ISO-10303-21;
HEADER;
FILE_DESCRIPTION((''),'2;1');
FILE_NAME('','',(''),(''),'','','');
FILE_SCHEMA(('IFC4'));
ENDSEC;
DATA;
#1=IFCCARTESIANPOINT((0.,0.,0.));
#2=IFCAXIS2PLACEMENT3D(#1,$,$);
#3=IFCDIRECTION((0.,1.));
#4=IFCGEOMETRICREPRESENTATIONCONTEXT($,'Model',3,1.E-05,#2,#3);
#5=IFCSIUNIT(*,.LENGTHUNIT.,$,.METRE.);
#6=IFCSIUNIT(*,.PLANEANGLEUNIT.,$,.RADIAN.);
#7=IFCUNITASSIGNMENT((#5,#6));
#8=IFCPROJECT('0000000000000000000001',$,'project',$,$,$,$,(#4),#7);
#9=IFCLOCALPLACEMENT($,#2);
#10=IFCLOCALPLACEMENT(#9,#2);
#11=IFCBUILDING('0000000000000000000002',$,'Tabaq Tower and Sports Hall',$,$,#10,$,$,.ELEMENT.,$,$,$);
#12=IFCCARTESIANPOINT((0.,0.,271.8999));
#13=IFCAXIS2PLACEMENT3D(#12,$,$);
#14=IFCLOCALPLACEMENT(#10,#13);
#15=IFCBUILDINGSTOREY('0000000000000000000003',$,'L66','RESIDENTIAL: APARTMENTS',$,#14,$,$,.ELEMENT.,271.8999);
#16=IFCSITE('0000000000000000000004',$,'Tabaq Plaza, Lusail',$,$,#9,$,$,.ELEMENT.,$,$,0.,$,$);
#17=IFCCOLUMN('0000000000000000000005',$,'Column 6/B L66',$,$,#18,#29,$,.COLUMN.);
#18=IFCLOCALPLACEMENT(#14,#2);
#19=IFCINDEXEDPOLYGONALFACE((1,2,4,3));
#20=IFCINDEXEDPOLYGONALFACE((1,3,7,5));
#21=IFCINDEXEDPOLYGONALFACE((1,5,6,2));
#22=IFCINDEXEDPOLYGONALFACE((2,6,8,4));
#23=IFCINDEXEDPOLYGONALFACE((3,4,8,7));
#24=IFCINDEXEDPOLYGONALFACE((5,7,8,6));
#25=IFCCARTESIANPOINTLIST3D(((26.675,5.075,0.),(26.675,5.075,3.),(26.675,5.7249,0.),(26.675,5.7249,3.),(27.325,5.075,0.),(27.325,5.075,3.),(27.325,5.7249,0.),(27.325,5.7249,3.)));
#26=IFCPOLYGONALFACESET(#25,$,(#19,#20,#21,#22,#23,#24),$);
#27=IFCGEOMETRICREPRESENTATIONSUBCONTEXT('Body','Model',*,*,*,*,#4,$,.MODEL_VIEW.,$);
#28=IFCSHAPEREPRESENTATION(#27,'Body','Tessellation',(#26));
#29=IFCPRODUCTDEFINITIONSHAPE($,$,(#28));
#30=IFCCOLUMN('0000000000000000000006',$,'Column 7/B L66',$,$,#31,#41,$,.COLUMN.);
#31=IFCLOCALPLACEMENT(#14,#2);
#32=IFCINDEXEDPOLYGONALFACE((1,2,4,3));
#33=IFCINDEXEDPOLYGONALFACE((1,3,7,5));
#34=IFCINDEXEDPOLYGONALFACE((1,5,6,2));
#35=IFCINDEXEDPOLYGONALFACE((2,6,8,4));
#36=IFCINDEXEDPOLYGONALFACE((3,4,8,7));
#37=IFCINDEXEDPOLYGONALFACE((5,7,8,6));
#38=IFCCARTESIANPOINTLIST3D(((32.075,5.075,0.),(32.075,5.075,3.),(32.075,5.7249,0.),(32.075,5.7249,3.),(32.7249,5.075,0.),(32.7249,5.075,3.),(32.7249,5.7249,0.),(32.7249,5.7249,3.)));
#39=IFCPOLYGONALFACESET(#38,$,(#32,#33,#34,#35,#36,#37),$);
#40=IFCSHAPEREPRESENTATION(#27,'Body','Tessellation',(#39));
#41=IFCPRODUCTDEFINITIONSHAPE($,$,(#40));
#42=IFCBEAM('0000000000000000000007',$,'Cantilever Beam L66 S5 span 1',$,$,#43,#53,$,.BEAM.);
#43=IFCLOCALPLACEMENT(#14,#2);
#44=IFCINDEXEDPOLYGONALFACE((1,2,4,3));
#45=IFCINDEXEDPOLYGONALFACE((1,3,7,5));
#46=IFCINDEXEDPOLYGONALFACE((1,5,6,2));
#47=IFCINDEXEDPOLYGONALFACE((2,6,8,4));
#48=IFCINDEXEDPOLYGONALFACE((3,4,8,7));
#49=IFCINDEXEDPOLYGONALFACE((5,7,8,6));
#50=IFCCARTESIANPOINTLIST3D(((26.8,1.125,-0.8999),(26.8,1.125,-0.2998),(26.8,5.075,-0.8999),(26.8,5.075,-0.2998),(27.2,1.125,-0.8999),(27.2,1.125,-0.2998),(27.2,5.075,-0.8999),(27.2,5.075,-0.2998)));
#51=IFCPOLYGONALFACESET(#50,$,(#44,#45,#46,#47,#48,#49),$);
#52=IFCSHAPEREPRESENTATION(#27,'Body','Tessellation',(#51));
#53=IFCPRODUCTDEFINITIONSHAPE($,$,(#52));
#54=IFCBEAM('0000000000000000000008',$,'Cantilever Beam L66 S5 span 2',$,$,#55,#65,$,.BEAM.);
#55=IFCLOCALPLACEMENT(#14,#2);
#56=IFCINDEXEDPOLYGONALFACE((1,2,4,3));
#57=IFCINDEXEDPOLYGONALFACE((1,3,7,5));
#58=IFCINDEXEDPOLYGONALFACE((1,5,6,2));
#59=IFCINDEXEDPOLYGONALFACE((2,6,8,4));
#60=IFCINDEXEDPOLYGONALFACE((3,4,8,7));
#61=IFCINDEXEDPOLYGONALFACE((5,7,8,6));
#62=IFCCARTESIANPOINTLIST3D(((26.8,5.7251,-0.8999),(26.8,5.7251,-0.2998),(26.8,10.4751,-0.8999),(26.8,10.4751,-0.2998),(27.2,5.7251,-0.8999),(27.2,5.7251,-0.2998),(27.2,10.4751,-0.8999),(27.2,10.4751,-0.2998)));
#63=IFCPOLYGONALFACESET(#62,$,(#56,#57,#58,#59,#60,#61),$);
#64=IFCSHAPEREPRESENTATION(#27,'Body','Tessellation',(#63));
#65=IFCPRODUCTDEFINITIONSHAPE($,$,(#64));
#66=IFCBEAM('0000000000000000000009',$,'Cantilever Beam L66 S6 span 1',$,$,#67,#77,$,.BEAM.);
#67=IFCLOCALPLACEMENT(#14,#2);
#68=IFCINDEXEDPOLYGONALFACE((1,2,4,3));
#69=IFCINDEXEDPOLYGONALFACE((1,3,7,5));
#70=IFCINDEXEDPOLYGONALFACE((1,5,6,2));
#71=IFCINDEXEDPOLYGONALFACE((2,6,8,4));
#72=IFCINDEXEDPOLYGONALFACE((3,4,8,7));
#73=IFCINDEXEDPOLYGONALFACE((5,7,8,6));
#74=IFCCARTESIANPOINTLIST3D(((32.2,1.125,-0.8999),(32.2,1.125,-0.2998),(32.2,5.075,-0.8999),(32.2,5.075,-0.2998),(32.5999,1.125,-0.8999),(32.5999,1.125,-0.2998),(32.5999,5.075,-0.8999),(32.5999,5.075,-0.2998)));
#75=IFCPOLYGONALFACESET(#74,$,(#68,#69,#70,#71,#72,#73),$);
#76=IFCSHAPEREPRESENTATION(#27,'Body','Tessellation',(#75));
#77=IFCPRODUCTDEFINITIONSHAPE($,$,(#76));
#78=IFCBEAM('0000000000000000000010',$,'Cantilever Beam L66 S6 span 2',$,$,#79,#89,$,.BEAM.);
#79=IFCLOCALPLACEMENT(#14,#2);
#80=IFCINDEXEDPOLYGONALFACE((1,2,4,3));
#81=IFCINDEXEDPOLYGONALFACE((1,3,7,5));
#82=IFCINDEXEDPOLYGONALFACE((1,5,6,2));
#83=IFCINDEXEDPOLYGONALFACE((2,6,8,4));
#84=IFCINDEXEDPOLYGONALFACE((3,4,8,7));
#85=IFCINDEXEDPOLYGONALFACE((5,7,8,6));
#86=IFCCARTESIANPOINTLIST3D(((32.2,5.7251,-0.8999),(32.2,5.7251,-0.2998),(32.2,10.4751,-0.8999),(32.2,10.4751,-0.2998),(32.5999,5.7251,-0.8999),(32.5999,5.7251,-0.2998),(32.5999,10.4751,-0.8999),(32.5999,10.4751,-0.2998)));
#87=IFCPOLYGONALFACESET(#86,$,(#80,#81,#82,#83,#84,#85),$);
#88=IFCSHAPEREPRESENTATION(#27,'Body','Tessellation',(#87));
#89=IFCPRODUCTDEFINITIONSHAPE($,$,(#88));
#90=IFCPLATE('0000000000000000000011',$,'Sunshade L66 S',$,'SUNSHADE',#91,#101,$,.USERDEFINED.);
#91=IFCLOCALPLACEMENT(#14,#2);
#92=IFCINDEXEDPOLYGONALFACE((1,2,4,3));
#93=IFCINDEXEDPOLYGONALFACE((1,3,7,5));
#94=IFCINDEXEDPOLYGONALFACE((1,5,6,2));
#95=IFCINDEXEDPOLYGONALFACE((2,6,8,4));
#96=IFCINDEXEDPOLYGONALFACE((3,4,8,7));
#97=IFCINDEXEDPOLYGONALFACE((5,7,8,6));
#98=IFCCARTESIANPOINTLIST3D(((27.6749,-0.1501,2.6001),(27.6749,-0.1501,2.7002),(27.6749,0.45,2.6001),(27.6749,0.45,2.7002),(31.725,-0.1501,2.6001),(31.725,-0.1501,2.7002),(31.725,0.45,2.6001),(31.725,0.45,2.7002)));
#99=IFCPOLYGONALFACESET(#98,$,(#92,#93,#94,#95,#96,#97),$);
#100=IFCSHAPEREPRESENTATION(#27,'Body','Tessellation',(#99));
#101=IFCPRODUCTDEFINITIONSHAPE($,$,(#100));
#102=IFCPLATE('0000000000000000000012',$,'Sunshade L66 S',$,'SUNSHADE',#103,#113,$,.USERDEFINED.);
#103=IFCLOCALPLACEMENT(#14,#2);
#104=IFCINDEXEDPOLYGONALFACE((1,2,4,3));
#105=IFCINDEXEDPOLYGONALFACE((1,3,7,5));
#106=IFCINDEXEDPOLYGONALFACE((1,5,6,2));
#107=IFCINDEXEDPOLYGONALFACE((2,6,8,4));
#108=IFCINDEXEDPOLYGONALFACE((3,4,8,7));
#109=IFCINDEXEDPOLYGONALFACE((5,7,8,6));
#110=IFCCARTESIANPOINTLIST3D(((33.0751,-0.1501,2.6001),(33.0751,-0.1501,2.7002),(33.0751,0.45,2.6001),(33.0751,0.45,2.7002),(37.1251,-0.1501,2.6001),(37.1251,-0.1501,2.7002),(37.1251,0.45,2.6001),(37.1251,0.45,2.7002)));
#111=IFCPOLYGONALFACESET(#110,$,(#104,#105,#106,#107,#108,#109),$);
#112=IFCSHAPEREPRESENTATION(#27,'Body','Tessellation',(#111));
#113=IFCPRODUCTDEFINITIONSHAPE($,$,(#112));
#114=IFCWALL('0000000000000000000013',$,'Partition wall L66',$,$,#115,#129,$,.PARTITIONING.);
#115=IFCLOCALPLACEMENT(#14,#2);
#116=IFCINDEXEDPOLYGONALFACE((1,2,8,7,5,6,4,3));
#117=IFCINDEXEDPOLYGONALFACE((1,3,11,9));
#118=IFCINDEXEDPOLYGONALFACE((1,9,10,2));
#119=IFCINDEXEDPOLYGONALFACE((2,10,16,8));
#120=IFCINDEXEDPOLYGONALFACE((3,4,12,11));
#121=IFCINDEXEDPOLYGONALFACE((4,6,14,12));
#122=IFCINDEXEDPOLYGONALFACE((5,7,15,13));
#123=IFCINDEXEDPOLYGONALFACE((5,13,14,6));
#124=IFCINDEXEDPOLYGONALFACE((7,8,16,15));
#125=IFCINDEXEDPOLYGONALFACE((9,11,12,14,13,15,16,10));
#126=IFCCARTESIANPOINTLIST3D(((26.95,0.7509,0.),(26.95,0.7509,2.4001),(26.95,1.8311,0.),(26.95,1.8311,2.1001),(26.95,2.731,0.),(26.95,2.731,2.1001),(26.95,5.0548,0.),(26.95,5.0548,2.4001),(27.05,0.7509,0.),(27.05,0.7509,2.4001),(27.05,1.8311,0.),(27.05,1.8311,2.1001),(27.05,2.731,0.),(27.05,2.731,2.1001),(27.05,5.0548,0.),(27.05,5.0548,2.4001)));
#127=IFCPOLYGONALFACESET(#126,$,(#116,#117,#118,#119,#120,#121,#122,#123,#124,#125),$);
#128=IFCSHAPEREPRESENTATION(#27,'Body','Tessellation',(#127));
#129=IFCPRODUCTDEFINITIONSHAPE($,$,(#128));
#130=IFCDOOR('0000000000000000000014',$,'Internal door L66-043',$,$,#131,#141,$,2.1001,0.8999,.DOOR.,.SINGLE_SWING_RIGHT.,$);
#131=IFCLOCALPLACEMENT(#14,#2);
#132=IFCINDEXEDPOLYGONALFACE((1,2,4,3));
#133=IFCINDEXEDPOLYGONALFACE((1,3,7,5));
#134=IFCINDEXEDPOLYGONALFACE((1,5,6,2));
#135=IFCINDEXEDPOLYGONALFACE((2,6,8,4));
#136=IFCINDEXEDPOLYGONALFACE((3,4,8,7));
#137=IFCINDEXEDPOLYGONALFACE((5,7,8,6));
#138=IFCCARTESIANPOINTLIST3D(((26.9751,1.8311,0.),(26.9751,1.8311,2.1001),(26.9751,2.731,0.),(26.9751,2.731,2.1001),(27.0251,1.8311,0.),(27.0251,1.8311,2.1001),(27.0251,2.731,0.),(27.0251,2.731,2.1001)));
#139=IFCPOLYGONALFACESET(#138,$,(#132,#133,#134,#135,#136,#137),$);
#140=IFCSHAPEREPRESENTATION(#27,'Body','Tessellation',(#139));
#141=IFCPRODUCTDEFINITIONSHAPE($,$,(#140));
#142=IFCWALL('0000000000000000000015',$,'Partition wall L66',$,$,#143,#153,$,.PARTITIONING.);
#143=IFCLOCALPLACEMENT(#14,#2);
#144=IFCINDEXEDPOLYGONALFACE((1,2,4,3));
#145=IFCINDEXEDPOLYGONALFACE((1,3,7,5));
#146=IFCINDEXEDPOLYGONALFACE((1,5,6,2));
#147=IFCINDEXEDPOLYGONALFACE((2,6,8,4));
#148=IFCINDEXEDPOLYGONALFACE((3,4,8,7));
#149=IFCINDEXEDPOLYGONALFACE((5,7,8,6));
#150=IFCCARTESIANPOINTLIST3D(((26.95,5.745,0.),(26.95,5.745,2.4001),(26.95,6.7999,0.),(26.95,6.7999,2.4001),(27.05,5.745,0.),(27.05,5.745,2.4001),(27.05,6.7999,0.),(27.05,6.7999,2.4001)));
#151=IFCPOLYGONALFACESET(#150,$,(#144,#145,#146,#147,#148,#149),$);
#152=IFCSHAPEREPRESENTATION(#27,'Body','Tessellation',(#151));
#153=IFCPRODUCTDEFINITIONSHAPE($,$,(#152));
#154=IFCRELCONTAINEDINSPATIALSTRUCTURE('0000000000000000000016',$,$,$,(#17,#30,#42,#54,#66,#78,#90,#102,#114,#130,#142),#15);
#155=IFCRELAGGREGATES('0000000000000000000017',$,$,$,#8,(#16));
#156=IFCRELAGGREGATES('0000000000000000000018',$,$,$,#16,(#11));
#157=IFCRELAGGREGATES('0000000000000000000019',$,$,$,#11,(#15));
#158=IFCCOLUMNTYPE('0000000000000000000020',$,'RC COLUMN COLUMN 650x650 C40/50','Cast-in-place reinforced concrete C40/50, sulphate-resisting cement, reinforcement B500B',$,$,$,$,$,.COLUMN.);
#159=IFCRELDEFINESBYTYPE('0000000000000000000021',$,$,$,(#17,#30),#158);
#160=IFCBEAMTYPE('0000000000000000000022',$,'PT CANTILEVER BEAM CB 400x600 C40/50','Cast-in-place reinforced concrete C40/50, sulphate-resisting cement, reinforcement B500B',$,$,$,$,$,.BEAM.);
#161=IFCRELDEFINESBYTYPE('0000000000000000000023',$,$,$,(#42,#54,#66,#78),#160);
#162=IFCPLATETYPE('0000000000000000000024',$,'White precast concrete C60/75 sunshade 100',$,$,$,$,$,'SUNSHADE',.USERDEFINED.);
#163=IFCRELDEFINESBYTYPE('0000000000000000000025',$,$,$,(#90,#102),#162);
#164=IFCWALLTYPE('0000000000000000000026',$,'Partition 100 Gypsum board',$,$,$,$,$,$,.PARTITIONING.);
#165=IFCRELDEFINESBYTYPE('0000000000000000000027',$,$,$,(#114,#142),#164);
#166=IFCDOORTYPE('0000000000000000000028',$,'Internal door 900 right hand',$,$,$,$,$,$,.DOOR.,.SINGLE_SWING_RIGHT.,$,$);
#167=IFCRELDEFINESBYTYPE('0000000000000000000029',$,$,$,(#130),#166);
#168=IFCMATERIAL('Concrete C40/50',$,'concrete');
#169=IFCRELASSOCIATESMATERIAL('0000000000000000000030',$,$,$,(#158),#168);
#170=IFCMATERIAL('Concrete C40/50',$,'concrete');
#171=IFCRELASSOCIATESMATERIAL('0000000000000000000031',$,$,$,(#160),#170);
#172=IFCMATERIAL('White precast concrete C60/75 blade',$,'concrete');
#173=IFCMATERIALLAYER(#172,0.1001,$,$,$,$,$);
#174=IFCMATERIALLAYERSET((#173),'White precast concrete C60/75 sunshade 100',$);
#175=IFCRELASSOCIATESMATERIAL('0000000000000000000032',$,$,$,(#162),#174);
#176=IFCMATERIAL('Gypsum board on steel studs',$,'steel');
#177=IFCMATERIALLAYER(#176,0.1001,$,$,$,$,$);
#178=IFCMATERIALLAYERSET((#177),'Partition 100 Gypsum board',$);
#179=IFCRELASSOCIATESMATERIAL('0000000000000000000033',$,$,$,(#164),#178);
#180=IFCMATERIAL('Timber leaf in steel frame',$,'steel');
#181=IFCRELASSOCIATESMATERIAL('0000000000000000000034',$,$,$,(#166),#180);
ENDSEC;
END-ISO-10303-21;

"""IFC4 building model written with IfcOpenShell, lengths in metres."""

from ifc_helpers import new_model, si_unit, direction, frame, frame_2d, origin, origin_2d, place, context, subcontext, project, spatial, rectangle, extrude, material, layer, layer_set, material_profile, profile_set, type_object, element, fill, save


model = new_model("IFC4")

# Units and contexts
model_context = context("Model", 3, precision=1e-05, world=origin(), true_north=direction((0.0, 1.0)))
body_context = subcontext(model_context, "Body", "Model", "MODEL_VIEW")
ifc_project = project(units=[si_unit("LENGTHUNIT", "METRE"), si_unit("PLANEANGLEUNIT", "RADIAN")], contexts=[model_context])

# Site, building, storey
site_placement = place(None, origin())
site = spatial("IfcSite", under=ifc_project, at=site_placement, Name="Tabaq Plaza, Lusail", CompositionType="ELEMENT", RefElevation=0.0)
building_placement = place(site_placement, origin())
building = spatial("IfcBuilding", under=site, at=building_placement, Name="Tabaq Tower and Sports Hall", CompositionType="ELEMENT")
storey_placement = place(building_placement, frame((0.0, 0.0, 271.8999)))
storey = spatial("IfcBuildingStorey", under=building, at=storey_placement, Name="L66", Description="RESIDENTIAL: APARTMENTS", CompositionType="ELEMENT", Elevation=271.8999)

# Columns
ifc_material_1 = material(Name="Concrete C40/50", Category="concrete")
ifc_material_profile_1 = material_profile(ifc_material_1, rectangle(XDim=0.6499, YDim=0.6499, at=origin_2d()), Name="COLUMN 650x650")
ifc_profile_set_1 = profile_set([ifc_material_profile_1], Name="Concrete C40/50")
column_type = type_object("IfcColumnType", Name="RC COLUMN COLUMN 650x650 C40/50", Description="Cast-in-place reinforced concrete C40/50, sulphate-resisting cement, reinforcement B500B", PredefinedType="COLUMN", material=ifc_profile_set_1)
for number, where, z_axis, x_axis, name in (
    (1, (27.0, 5.3999, 0.0), (0.0, 0.0, 1.0), (1.0, 0.0, 0.0), "Column 6/B L66"),
    (2, (32.3999, 5.3999, 0.0), (0.0, 0.0, 1.0), (1.0, 0.0, 0.0), "Column 7/B L66"),
):
    element("IfcColumn", number, at=place(storey_placement, frame(where, z_axis=z_axis, x_axis=x_axis)), inside=storey, type_object=column_type, Name=name, PredefinedType="COLUMN", context=body_context, shape_type="SweptSolid", body=[
        extrude(rectangle(XDim=0.6499, YDim=0.6499, at=origin_2d()), origin(), (0.0, 0.0, 1.0), 3.0),
    ])

# Beams
ifc_material_2 = material(Name="Concrete C40/50", Category="concrete")
ifc_material_profile_2 = material_profile(ifc_material_2, rectangle(XDim=0.3999, YDim=0.6001, at=origin_2d()), Name="CB 400x600")
ifc_profile_set_2 = profile_set([ifc_material_profile_2], Name="Concrete C40/50")
beam_type = type_object("IfcBeamType", Name="PT CANTILEVER BEAM CB 400x600 C40/50", Description="Cast-in-place reinforced concrete C40/50, sulphate-resisting cement, reinforcement B500B", PredefinedType="BEAM", material=ifc_profile_set_2)
beam_1_placement = place(storey_placement, frame((27.0, 1.125, -0.5999), z_axis=(0.0, 1.0, 0.0), x_axis=(-1.0, 0.0, 0.0)))
element("IfcBeam", 3, at=beam_1_placement, inside=storey, type_object=beam_type, Name="Cantilever Beam L66 S5 span 1", PredefinedType="BEAM", context=body_context, shape_type="SweptSolid", body=[
    extrude(rectangle(XDim=0.3999, YDim=0.6001, at=origin_2d()), origin(), (0.0, 0.0, 1.0), 3.95),
])
beam_2_placement = place(storey_placement, frame((27.0, 5.7251, -0.5999), z_axis=(0.0, 1.0, 0.0), x_axis=(-1.0, 0.0, 0.0)))
element("IfcBeam", 4, at=beam_2_placement, inside=storey, type_object=beam_type, Name="Cantilever Beam L66 S5 span 2", PredefinedType="BEAM", context=body_context, shape_type="SweptSolid", body=[
    extrude(rectangle(XDim=0.3999, YDim=0.6001, at=origin_2d()), origin(), (0.0, 0.0, 1.0), 4.75),
])
beam_3_placement = place(storey_placement, frame((32.3999, 1.125, -0.5999), z_axis=(0.0, 1.0, 0.0), x_axis=(-1.0, 0.0, 0.0)))
element("IfcBeam", 5, at=beam_3_placement, inside=storey, type_object=beam_type, Name="Cantilever Beam L66 S6 span 1", PredefinedType="BEAM", context=body_context, shape_type="SweptSolid", body=[
    extrude(rectangle(XDim=0.3999, YDim=0.6001, at=origin_2d()), origin(), (0.0, 0.0, 1.0), 3.95),
])
beam_4_placement = place(storey_placement, frame((32.3999, 5.7251, -0.5999), z_axis=(0.0, 1.0, 0.0), x_axis=(-1.0, 0.0, 0.0)))
element("IfcBeam", 6, at=beam_4_placement, inside=storey, type_object=beam_type, Name="Cantilever Beam L66 S6 span 2", PredefinedType="BEAM", context=body_context, shape_type="SweptSolid", body=[
    extrude(rectangle(XDim=0.3999, YDim=0.6001, at=origin_2d()), origin(), (0.0, 0.0, 1.0), 4.75),
])

# Plates
ifc_material_3 = material(Name="White precast concrete C60/75 blade", Category="concrete")
ifc_layer_1 = layer(ifc_material_3, 0.1001)
ifc_layer_set_1 = layer_set([ifc_layer_1], Name="White precast concrete C60/75 sunshade 100")
plate_type = type_object("IfcPlateType", Name="White precast concrete C60/75 sunshade 100", ElementType="SUNSHADE", PredefinedType="USERDEFINED", material=ifc_layer_set_1)
for number, where, z_axis, x_axis, name in (
    (7, (29.7, 0.1499, 2.6001), (0.0, 0.0, 1.0), (1.0, 0.0, 0.0), "Sunshade L66 S"),
    (8, (35.1001, 0.1499, 2.6001), (0.0, 0.0, 1.0), (1.0, 0.0, 0.0), "Sunshade L66 S"),
):
    element("IfcPlate", number, at=place(storey_placement, frame(where, z_axis=z_axis, x_axis=x_axis)), inside=storey, type_object=plate_type, Name=name, ObjectType="SUNSHADE", PredefinedType="USERDEFINED", context=body_context, shape_type="SweptSolid", body=[
        extrude(rectangle(XDim=4.05, YDim=0.6001, at=origin_2d()), origin(), (0.0, 0.0, 1.0), 0.1001),
    ])

# Wall, opening, door
ifc_material_4 = material(Name="Gypsum board on steel studs", Category="steel")
ifc_layer_2 = layer(ifc_material_4, 0.1001)
ifc_layer_set_2 = layer_set([ifc_layer_2], Name="Partition 100 Gypsum board")
wall_type_1 = type_object("IfcWallType", Name="Partition 100 Gypsum board", PredefinedType="PARTITIONING", material=ifc_layer_set_2)
wall_1_placement = place(storey_placement, frame((27.0, 0.751, 0.0), z_axis=(0.0, 0.0, 1.0), x_axis=(0.0, 1.0, 0.0)))
wall_1 = element("IfcWall", 9, at=wall_1_placement, inside=storey, type_object=wall_type_1, Name="Partition wall L66", PredefinedType="PARTITIONING", context=body_context, shape_type="SweptSolid", body=[
    extrude(rectangle(XDim=4.304, YDim=0.1001, at=frame_2d((2.1519, 0.0))), origin(), (0.0, 0.0, 1.0), 2.4001),
])
opening_1_placement = place(wall_1_placement, frame((1.0801, 0.0, 0.0)))
opening_1 = element("IfcOpeningElement", 10, at=opening_1_placement, cuts=wall_1, PredefinedType="OPENING", context=body_context, shape_type="SweptSolid", body=[
    extrude(rectangle(XDim=0.8999, YDim=2.1001, at=frame_2d((0.45, 1.05))), frame((0.0, 0.05, 0.0), z_axis=(0.0, -1.0, 0.0), x_axis=(1.0, 0.0, 0.0)), (0.0, 0.0, 1.0), 0.1001),
])
ifc_material_5 = material(Name="Timber leaf in steel frame", Category="steel")
door_type_1 = type_object("IfcDoorType", Name="Internal door 900 right hand", OperationType="SINGLE_SWING_RIGHT", PredefinedType="DOOR", material=ifc_material_5)
door_1_placement = place(opening_1_placement, origin())
door_1 = element("IfcDoor", 11, at=door_1_placement, inside=storey, type_object=door_type_1, Name="Internal door L66-043", OperationType="SINGLE_SWING_RIGHT", OverallHeight=2.1001, OverallWidth=0.8999, PredefinedType="DOOR", context=body_context, shape_type="SweptSolid", body=[
    extrude(rectangle(XDim=0.8999, YDim=2.1001, at=frame_2d((0.45, 1.05))), frame((0.0, 0.0249, 0.0), z_axis=(0.0, -1.0, 0.0), x_axis=(1.0, 0.0, 0.0)), (0.0, 0.0, 1.0), 0.05),
])
fill(opening_1, door_1)

# Wall
wall_2_placement = place(storey_placement, frame((27.0, 5.7451, 0.0), z_axis=(0.0, 0.0, 1.0), x_axis=(0.0, 1.0, 0.0)))
element("IfcWall", 12, at=wall_2_placement, inside=storey, type_object=wall_type_1, Name="Partition wall L66", PredefinedType="PARTITIONING", context=body_context, shape_type="SweptSolid", body=[
    extrude(rectangle(XDim=1.0549, YDim=0.1001, at=frame_2d((0.5273, 0.0))), origin(), (0.0, 0.0, 1.0), 2.4001),
])

save(model, "model.ifc")
